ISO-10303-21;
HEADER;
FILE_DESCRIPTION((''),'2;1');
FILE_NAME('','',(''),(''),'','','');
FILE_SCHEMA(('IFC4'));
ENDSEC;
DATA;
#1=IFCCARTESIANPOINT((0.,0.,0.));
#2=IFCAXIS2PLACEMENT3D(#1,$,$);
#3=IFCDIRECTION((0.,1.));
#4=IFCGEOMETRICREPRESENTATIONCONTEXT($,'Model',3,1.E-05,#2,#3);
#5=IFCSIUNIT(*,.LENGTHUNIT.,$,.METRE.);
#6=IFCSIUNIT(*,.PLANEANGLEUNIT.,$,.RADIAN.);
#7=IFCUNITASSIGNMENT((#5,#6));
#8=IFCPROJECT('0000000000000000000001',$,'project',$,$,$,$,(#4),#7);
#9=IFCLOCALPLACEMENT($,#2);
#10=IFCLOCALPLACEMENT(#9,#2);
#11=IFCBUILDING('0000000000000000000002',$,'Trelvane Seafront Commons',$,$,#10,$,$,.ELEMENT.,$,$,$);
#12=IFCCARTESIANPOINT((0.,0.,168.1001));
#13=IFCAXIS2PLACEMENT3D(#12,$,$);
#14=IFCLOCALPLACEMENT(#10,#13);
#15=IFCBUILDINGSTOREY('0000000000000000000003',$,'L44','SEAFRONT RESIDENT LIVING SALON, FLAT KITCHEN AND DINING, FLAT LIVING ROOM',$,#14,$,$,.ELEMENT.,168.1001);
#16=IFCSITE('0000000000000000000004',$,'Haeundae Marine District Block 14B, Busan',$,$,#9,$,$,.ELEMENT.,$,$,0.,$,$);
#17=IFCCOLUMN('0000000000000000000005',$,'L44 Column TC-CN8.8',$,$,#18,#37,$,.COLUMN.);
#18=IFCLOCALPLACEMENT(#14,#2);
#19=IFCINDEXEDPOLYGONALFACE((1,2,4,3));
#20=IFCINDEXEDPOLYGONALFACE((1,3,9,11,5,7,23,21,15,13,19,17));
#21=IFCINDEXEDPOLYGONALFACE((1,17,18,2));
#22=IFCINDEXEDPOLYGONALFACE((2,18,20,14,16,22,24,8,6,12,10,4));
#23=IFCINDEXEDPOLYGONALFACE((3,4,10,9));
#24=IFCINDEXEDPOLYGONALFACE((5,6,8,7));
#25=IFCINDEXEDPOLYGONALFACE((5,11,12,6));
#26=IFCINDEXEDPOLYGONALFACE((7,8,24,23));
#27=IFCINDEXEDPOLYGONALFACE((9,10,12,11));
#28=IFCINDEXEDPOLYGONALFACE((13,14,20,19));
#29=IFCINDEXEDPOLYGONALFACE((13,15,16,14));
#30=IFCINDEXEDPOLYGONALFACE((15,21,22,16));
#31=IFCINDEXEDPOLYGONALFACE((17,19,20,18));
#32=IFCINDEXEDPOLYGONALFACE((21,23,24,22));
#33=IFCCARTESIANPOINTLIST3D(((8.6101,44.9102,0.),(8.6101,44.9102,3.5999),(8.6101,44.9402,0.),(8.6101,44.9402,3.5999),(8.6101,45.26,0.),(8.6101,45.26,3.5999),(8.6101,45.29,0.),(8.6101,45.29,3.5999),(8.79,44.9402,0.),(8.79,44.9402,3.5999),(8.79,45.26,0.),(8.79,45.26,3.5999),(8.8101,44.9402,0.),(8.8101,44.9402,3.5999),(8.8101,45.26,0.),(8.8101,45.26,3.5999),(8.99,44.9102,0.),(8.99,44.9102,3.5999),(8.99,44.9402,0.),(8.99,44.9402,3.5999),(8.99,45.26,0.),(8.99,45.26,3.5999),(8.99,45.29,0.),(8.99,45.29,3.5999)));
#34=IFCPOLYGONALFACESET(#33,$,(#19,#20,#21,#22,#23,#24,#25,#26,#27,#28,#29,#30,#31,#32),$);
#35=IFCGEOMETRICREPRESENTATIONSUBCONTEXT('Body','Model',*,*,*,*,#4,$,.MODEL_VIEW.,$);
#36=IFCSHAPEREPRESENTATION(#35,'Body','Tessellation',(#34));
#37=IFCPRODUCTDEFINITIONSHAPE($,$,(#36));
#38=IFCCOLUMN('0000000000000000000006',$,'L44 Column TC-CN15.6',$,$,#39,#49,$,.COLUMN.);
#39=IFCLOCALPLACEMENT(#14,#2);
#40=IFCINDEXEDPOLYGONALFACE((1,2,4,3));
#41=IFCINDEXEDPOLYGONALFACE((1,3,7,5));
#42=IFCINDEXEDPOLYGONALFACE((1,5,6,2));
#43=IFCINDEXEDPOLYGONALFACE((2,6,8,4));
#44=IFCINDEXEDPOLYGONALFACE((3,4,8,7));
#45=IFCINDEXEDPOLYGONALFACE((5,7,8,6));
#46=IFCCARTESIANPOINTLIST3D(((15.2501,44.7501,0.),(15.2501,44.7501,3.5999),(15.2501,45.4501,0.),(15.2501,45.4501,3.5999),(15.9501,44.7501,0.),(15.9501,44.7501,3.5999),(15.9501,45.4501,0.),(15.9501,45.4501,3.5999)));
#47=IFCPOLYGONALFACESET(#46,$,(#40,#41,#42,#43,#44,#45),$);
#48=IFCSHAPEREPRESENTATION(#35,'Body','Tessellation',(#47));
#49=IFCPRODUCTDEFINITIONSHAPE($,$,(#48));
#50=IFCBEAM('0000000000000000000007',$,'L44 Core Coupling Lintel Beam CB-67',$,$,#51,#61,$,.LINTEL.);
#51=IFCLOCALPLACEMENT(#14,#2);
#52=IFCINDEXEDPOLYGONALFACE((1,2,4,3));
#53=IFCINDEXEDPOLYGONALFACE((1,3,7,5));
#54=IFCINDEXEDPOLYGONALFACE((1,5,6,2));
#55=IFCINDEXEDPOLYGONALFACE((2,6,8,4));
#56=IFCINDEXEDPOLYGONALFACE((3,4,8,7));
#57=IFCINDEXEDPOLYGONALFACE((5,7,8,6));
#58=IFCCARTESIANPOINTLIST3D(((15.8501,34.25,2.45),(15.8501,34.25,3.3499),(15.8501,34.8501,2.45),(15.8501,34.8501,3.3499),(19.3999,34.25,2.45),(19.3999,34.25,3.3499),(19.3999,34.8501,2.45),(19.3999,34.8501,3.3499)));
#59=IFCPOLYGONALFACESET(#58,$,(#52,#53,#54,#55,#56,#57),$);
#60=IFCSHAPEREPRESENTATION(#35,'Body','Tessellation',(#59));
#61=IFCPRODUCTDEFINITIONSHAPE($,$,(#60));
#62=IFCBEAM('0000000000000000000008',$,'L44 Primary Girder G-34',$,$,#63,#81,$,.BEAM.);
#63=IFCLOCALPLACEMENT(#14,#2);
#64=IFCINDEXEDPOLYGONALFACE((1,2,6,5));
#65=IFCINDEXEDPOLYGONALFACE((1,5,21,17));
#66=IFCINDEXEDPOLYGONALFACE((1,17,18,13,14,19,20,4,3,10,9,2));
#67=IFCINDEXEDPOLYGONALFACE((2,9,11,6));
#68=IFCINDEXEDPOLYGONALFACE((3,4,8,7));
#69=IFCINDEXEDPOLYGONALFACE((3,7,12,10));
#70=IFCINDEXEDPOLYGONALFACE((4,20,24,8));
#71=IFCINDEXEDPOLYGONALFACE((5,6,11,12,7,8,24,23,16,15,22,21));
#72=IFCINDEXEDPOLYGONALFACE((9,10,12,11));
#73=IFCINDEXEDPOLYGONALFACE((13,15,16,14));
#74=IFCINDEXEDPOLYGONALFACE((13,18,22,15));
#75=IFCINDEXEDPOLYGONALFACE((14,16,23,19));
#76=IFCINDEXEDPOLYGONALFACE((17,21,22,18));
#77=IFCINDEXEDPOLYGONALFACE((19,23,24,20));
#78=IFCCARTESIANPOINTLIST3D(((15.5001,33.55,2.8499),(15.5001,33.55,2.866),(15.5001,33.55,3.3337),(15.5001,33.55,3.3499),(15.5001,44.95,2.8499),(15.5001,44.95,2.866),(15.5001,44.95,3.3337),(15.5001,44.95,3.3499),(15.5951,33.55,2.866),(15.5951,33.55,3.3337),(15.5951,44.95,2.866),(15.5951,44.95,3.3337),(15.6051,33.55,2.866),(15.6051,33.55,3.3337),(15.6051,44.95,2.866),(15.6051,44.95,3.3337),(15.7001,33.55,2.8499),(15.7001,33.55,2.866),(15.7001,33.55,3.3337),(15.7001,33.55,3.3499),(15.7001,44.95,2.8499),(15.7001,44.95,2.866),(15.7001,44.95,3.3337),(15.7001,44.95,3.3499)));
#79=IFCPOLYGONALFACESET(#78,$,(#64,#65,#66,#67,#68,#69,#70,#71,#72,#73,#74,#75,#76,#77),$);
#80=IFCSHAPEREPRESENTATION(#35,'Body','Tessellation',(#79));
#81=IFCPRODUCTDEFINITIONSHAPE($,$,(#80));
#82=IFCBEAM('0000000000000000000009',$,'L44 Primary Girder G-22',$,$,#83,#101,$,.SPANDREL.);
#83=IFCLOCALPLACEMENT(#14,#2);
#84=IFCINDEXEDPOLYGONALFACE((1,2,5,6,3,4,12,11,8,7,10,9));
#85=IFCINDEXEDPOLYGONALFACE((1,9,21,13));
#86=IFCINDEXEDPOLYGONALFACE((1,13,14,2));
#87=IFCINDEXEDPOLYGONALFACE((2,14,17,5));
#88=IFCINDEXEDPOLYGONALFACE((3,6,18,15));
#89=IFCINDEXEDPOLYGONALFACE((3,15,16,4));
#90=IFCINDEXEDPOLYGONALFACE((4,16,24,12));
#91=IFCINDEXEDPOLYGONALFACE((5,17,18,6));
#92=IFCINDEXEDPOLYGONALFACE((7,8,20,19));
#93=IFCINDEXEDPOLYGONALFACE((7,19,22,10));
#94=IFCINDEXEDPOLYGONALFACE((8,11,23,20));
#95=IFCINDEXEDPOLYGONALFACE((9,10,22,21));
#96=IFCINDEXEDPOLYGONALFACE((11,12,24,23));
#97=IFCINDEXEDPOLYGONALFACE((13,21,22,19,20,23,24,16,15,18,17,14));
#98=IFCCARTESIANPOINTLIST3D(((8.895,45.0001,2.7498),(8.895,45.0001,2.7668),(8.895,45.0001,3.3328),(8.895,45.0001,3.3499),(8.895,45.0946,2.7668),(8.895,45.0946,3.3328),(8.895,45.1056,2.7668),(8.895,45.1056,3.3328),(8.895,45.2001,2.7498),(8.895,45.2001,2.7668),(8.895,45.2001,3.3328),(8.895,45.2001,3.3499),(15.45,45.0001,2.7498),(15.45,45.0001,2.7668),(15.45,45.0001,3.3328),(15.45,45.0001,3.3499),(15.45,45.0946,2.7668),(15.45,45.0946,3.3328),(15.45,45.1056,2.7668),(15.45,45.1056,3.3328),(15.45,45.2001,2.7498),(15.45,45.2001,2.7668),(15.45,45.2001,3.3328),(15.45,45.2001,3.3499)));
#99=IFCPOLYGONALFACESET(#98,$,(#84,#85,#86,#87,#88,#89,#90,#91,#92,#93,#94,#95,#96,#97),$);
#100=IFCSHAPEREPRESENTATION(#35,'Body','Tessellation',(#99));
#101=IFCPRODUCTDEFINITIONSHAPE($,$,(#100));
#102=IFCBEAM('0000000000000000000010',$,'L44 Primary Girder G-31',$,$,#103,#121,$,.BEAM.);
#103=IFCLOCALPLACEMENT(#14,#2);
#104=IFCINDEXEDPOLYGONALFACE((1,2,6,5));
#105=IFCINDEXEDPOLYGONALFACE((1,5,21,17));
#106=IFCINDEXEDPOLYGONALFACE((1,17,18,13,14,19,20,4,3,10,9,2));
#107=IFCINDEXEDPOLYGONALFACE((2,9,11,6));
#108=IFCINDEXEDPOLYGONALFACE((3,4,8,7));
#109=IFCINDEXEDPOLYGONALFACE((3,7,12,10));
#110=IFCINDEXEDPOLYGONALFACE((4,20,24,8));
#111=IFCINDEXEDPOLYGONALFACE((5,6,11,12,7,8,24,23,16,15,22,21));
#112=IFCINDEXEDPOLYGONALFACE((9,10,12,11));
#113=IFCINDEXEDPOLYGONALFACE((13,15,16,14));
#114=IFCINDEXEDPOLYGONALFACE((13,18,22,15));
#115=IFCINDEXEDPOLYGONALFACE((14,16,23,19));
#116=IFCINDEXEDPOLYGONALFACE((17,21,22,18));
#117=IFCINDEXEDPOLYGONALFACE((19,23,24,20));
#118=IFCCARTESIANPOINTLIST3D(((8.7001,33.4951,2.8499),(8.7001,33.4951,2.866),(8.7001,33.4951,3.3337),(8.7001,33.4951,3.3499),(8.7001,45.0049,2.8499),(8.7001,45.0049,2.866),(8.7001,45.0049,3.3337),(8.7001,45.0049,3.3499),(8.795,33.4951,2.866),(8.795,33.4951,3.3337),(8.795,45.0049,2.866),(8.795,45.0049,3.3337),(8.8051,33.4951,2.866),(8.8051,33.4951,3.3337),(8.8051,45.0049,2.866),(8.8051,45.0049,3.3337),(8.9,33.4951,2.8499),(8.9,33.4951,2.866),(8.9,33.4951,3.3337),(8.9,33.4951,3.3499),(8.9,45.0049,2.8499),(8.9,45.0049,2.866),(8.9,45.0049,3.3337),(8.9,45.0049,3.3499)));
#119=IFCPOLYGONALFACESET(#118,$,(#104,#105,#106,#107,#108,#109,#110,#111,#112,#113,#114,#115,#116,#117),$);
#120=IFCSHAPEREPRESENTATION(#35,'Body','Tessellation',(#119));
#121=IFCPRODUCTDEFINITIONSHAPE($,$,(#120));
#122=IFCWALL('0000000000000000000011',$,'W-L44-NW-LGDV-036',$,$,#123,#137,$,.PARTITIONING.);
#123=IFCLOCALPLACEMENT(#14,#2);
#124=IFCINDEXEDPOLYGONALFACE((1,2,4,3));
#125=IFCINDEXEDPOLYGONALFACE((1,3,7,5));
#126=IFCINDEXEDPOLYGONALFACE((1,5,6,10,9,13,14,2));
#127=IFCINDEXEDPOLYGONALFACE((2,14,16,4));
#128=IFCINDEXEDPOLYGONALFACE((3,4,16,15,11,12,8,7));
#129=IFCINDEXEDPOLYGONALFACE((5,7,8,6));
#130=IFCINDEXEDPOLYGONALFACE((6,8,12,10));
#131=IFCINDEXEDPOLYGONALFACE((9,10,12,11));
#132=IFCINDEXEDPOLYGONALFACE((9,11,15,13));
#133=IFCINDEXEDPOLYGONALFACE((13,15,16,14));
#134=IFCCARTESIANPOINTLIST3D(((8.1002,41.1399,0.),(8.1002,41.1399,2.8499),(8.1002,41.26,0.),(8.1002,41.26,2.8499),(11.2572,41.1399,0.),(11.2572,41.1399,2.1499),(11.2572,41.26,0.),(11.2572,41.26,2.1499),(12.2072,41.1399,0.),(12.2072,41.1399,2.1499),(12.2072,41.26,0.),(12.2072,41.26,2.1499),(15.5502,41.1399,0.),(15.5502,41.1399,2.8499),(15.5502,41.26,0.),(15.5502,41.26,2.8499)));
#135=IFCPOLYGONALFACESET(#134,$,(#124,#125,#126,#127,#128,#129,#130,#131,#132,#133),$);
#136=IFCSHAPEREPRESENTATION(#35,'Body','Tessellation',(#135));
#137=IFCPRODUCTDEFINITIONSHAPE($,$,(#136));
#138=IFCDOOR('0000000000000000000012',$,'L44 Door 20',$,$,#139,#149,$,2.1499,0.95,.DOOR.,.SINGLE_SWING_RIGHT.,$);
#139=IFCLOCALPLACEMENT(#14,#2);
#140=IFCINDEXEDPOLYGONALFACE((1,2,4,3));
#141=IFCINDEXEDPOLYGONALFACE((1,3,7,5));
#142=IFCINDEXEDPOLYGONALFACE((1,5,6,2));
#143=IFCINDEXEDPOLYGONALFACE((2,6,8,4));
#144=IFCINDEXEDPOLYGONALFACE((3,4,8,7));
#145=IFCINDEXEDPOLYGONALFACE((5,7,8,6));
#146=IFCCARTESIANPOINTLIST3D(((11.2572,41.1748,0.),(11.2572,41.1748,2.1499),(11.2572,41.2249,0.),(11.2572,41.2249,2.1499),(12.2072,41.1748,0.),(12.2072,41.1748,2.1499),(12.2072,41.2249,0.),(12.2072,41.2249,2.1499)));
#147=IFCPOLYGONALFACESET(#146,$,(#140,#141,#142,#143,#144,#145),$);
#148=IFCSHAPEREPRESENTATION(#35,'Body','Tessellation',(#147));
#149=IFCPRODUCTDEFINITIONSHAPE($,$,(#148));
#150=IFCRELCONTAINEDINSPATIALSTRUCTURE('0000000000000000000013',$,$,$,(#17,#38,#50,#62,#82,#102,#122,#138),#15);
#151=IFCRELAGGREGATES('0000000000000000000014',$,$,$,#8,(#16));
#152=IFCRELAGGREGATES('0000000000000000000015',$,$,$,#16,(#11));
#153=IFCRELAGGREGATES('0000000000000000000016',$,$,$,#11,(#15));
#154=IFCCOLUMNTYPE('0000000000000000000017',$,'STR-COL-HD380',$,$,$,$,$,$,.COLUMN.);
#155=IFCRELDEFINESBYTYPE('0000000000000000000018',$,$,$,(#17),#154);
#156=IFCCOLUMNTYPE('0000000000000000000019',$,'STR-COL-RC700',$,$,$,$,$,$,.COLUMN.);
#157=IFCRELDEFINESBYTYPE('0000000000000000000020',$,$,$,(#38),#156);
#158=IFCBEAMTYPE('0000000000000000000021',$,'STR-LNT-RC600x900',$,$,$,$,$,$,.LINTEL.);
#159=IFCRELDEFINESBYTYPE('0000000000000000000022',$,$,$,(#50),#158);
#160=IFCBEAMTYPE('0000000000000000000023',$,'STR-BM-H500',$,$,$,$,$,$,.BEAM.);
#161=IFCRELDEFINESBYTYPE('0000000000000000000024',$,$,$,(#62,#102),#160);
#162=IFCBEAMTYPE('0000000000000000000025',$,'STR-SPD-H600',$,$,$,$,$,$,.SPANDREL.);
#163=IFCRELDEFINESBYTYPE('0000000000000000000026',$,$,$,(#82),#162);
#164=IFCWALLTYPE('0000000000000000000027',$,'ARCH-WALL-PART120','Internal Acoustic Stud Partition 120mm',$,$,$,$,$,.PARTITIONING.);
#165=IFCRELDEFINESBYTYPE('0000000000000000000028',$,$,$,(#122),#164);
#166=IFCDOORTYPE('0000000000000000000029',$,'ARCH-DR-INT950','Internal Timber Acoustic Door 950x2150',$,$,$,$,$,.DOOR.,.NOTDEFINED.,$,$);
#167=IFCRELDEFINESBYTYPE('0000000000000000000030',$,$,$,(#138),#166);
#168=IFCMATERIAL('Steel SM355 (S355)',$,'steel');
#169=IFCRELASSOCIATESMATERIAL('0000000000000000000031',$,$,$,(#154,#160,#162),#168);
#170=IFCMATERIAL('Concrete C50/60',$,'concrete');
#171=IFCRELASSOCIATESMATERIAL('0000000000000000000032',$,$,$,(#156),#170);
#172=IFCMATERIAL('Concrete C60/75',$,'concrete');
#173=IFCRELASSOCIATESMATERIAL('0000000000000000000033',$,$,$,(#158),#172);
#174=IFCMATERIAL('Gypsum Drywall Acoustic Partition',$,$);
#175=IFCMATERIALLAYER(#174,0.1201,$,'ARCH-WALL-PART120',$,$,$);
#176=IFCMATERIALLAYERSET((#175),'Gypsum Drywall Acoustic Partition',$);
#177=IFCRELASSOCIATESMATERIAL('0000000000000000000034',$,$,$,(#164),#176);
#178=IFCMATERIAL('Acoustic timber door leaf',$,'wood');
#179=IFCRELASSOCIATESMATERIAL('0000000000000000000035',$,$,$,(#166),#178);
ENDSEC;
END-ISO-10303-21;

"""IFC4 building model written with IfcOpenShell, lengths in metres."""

from ifc_helpers import new_model, si_unit, direction, frame, frame_2d, origin, origin_2d, place, context, subcontext, project, spatial, rectangle, i_section, extrude, source, transform, mapped, material, layer, layer_set, material_profile, profile_set, type_object, element, fill, save


model = new_model("IFC4")

# Units and contexts
model_context = context("Model", 3, precision=1e-05, world=origin(), true_north=direction((0.0, 1.0)))
body_context = subcontext(model_context, "Body", "Model", "MODEL_VIEW")
ifc_project = project(units=[si_unit("LENGTHUNIT", "METRE"), si_unit("PLANEANGLEUNIT", "RADIAN")], contexts=[model_context])

# Site, building, storey
site_placement = place(None, origin())
site = spatial("IfcSite", under=ifc_project, at=site_placement, Name="Haeundae Marine District Block 14B, Busan", CompositionType="ELEMENT", RefElevation=0.0)
building_placement = place(site_placement, origin())
building = spatial("IfcBuilding", under=site, at=building_placement, Name="Trelvane Seafront Commons", CompositionType="ELEMENT")
storey_placement = place(building_placement, frame((0.0, 0.0, 168.1001)))
storey = spatial("IfcBuildingStorey", under=building, at=storey_placement, Name="L44", Description="SEAFRONT RESIDENT LIVING SALON, FLAT KITCHEN AND DINING, FLAT LIVING ROOM", CompositionType="ELEMENT", Elevation=168.1001)

# Columns
ifc_material_1 = material(Name="Steel SM355 (S355)", Category="steel")
ifc_material_profile_1 = material_profile(ifc_material_1, i_section(OverallWidth=0.3799, OverallDepth=0.3799, WebThickness=0.02, FlangeThickness=0.03, at=origin_2d()), Name="HD-380x380x20x30")
ifc_profile_set_1 = profile_set([ifc_material_profile_1], Name="Steel SM355 (S355)")
column_type_1 = type_object("IfcColumnType", Name="STR-COL-HD380", PredefinedType="COLUMN", material=ifc_profile_set_1)
shared_shape_1 = source(origin(), body_context, "Body", "SweptSolid", [
    extrude(i_section(OverallWidth=0.3799, OverallDepth=0.3799, WebThickness=0.02, FlangeThickness=0.03, at=origin_2d()), origin(), (0.0, 0.0, 1.0), 3.5999),
])
column_1_placement = place(storey_placement, frame((8.8, 45.1001, 0.0), z_axis=(0.0, 0.0, 1.0), x_axis=(1.0, 0.0, 0.0)))
element("IfcColumn", 1, at=column_1_placement, inside=storey, type_object=column_type_1, Name="L44 Column TC-CN8.8", PredefinedType="COLUMN", context=body_context, shape_type="MappedRepresentation", body=[
    mapped(shared_shape_1, transform((0.0, 0.0, 0.0), x_axis=(1.0, 0.0, 0.0), y_axis=(0.0, 1.0, 0.0), z_axis=(0.0, 0.0, 1.0), scale=1.0)),
])
ifc_material_2 = material(Name="Concrete C50/60", Category="concrete")
ifc_material_profile_2 = material_profile(ifc_material_2, rectangle(XDim=0.7, YDim=0.7, at=origin_2d()), Name="RC-700x700")
ifc_profile_set_2 = profile_set([ifc_material_profile_2], Name="Concrete C50/60")
column_type_2 = type_object("IfcColumnType", Name="STR-COL-RC700", PredefinedType="COLUMN", material=ifc_profile_set_2)
shared_shape_2 = source(origin(), body_context, "Body", "SweptSolid", [
    extrude(rectangle(XDim=0.7, YDim=0.7, at=origin_2d()), origin(), (0.0, 0.0, 1.0), 3.5999),
])
column_2_placement = place(storey_placement, frame((15.6001, 45.1001, 0.0), z_axis=(0.0, 0.0, 1.0), x_axis=(1.0, 0.0, 0.0)))
element("IfcColumn", 2, at=column_2_placement, inside=storey, type_object=column_type_2, Name="L44 Column TC-CN15.6", PredefinedType="COLUMN", context=body_context, shape_type="MappedRepresentation", body=[
    mapped(shared_shape_2, transform((0.0, 0.0, 0.0), x_axis=(1.0, 0.0, 0.0), y_axis=(0.0, 1.0, 0.0), z_axis=(0.0, 0.0, 1.0), scale=1.0)),
])

# Beams
ifc_material_3 = material(Name="Concrete C60/75", Category="concrete")
ifc_material_profile_3 = material_profile(ifc_material_3, rectangle(XDim=0.6001, YDim=0.8999, at=origin_2d()), Name="RC-600x900")
ifc_profile_set_3 = profile_set([ifc_material_profile_3], Name="Concrete C60/75")
beam_type_1 = type_object("IfcBeamType", Name="STR-LNT-RC600x900", PredefinedType="LINTEL", material=ifc_profile_set_3)
shared_shape_3 = source(origin(), body_context, "Body", "SweptSolid", [
    extrude(rectangle(XDim=0.6001, YDim=0.8999, at=origin_2d()), origin(), (0.0, 0.0, 1.0), 3.5498),
])
beam_1_placement = place(storey_placement, frame((15.8501, 34.55, 2.8999), z_axis=(1.0, 0.0, 0.0), x_axis=(0.0, 1.0, 0.0)))
element("IfcBeam", 3, at=beam_1_placement, inside=storey, type_object=beam_type_1, Name="L44 Core Coupling Lintel Beam CB-67", PredefinedType="LINTEL", context=body_context, shape_type="MappedRepresentation", body=[
    mapped(shared_shape_3, transform((0.0, 0.0, 0.0), x_axis=(1.0, 0.0, 0.0), y_axis=(0.0, 1.0, 0.0), z_axis=(0.0, 0.0, 1.0), scale=1.0)),
])
ifc_material_profile_4 = material_profile(ifc_material_1, i_section(OverallWidth=0.2, OverallDepth=0.5, WebThickness=0.01, FlangeThickness=0.0161, at=origin_2d()), Name="H-500x200x10x16")
ifc_profile_set_4 = profile_set([ifc_material_profile_4], Name="Steel SM355 (S355)")
beam_type_2 = type_object("IfcBeamType", Name="STR-BM-H500", PredefinedType="BEAM", material=ifc_profile_set_4)
shared_shape_4 = source(origin(), body_context, "Body", "SweptSolid", [
    extrude(i_section(OverallWidth=0.2, OverallDepth=0.5, WebThickness=0.01, FlangeThickness=0.0161, at=origin_2d()), origin(), (0.0, 0.0, 1.0), 11.3999),
])
beam_2_placement = place(storey_placement, frame((15.6001, 33.55, 3.0999), z_axis=(0.0, 1.0, 0.0), x_axis=(-1.0, 0.0, 0.0)))
element("IfcBeam", 4, at=beam_2_placement, inside=storey, type_object=beam_type_2, Name="L44 Primary Girder G-34", PredefinedType="BEAM", context=body_context, shape_type="MappedRepresentation", body=[
    mapped(shared_shape_4, transform((0.0, 0.0, 0.0), x_axis=(1.0, 0.0, 0.0), y_axis=(0.0, 1.0, 0.0), z_axis=(0.0, 0.0, 1.0), scale=1.0)),
])
ifc_material_profile_5 = material_profile(ifc_material_1, i_section(OverallWidth=0.2, OverallDepth=0.6001, WebThickness=0.011, FlangeThickness=0.0171, at=origin_2d()), Name="H-600x200x11x17")
ifc_profile_set_5 = profile_set([ifc_material_profile_5], Name="Steel SM355 (S355)")
beam_type_3 = type_object("IfcBeamType", Name="STR-SPD-H600", PredefinedType="SPANDREL", material=ifc_profile_set_5)
shared_shape_5 = source(origin(), body_context, "Body", "SweptSolid", [
    extrude(i_section(OverallWidth=0.2, OverallDepth=0.6001, WebThickness=0.011, FlangeThickness=0.0171, at=origin_2d()), origin(), (0.0, 0.0, 1.0), 6.5549),
])
beam_3_placement = place(storey_placement, frame((8.895, 45.1001, 3.0498), z_axis=(1.0, 0.0, 0.0), x_axis=(0.0, 1.0, 0.0)))
element("IfcBeam", 5, at=beam_3_placement, inside=storey, type_object=beam_type_3, Name="L44 Primary Girder G-22", PredefinedType="SPANDREL", context=body_context, shape_type="MappedRepresentation", body=[
    mapped(shared_shape_5, transform((0.0, 0.0, 0.0), x_axis=(1.0, 0.0, 0.0), y_axis=(0.0, 1.0, 0.0), z_axis=(0.0, 0.0, 1.0), scale=1.0)),
])
shared_shape_6 = source(origin(), body_context, "Body", "SweptSolid", [
    extrude(i_section(OverallWidth=0.2, OverallDepth=0.5, WebThickness=0.01, FlangeThickness=0.0161, at=origin_2d()), origin(), (0.0, 0.0, 1.0), 11.5098),
])
beam_4_placement = place(storey_placement, frame((8.8, 33.4951, 3.0999), z_axis=(0.0, 1.0, 0.0), x_axis=(-1.0, 0.0, 0.0)))
element("IfcBeam", 6, at=beam_4_placement, inside=storey, type_object=beam_type_2, Name="L44 Primary Girder G-31", PredefinedType="BEAM", context=body_context, shape_type="MappedRepresentation", body=[
    mapped(shared_shape_6, transform((0.0, 0.0, 0.0), x_axis=(1.0, 0.0, 0.0), y_axis=(0.0, 1.0, 0.0), z_axis=(0.0, 0.0, 1.0), scale=1.0)),
])

# Wall, opening, door
ifc_material_4 = material(Name="Gypsum Drywall Acoustic Partition")
ifc_layer_1 = layer(ifc_material_4, 0.1201, Name="ARCH-WALL-PART120")
ifc_layer_set_1 = layer_set([ifc_layer_1], Name="Gypsum Drywall Acoustic Partition")
wall_type_1 = type_object("IfcWallType", Name="ARCH-WALL-PART120", Description="Internal Acoustic Stud Partition 120mm", PredefinedType="PARTITIONING", material=ifc_layer_set_1)
wall_1_placement = place(storey_placement, frame((8.1001, 41.2, 0.0), z_axis=(0.0, 0.0, 1.0), x_axis=(1.0, 0.0, 0.0)))
wall_1 = element("IfcWall", 7, at=wall_1_placement, inside=storey, type_object=wall_type_1, Name="W-L44-NW-LGDV-036", PredefinedType="PARTITIONING", context=body_context, shape_type="SweptSolid", body=[
    extrude(rectangle(XDim=7.45, YDim=0.1201, at=frame_2d((3.7251, 0.0))), origin(), (0.0, 0.0, 1.0), 2.8499),
])
opening_1_placement = place(wall_1_placement, frame((3.157, 0.0, 0.0)))
opening_1 = element("IfcOpeningElement", 8, at=opening_1_placement, cuts=wall_1, PredefinedType="OPENING", context=body_context, shape_type="SweptSolid", body=[
    extrude(rectangle(XDim=0.95, YDim=2.1499, at=frame_2d((0.4751, 1.075))), frame((0.0, 0.0701, 0.0), z_axis=(0.0, -1.0, 0.0), x_axis=(1.0, 0.0, 0.0)), (0.0, 0.0, 1.0), 0.1401),
])
ifc_material_5 = material(Name="Acoustic timber door leaf", Category="wood")
door_type_1 = type_object("IfcDoorType", Name="ARCH-DR-INT950", Description="Internal Timber Acoustic Door 950x2150", OperationType="NOTDEFINED", PredefinedType="DOOR", material=ifc_material_5)
shared_shape_7 = source(origin(), body_context, "Body", "SweptSolid", [
    extrude(rectangle(XDim=0.95, YDim=2.1499, at=frame_2d((0.4751, 1.075))), frame((0.0, 0.0249, 0.0), z_axis=(0.0, -1.0, 0.0), x_axis=(1.0, 0.0, 0.0)), (0.0, 0.0, 1.0), 0.05),
])
door_1_placement = place(opening_1_placement, origin())
door_1 = element("IfcDoor", 9, at=door_1_placement, inside=storey, type_object=door_type_1, Name="L44 Door 20", OperationType="SINGLE_SWING_RIGHT", OverallHeight=2.1499, OverallWidth=0.95, PredefinedType="DOOR", context=body_context, shape_type="MappedRepresentation", body=[
    mapped(shared_shape_7, transform((0.0, 0.0, 0.0), x_axis=(1.0, 0.0, 0.0), y_axis=(0.0, 1.0, 0.0), z_axis=(0.0, 0.0, 1.0), scale=1.0)),
])
fill(opening_1, door_1)

save(model, "model.ifc")
